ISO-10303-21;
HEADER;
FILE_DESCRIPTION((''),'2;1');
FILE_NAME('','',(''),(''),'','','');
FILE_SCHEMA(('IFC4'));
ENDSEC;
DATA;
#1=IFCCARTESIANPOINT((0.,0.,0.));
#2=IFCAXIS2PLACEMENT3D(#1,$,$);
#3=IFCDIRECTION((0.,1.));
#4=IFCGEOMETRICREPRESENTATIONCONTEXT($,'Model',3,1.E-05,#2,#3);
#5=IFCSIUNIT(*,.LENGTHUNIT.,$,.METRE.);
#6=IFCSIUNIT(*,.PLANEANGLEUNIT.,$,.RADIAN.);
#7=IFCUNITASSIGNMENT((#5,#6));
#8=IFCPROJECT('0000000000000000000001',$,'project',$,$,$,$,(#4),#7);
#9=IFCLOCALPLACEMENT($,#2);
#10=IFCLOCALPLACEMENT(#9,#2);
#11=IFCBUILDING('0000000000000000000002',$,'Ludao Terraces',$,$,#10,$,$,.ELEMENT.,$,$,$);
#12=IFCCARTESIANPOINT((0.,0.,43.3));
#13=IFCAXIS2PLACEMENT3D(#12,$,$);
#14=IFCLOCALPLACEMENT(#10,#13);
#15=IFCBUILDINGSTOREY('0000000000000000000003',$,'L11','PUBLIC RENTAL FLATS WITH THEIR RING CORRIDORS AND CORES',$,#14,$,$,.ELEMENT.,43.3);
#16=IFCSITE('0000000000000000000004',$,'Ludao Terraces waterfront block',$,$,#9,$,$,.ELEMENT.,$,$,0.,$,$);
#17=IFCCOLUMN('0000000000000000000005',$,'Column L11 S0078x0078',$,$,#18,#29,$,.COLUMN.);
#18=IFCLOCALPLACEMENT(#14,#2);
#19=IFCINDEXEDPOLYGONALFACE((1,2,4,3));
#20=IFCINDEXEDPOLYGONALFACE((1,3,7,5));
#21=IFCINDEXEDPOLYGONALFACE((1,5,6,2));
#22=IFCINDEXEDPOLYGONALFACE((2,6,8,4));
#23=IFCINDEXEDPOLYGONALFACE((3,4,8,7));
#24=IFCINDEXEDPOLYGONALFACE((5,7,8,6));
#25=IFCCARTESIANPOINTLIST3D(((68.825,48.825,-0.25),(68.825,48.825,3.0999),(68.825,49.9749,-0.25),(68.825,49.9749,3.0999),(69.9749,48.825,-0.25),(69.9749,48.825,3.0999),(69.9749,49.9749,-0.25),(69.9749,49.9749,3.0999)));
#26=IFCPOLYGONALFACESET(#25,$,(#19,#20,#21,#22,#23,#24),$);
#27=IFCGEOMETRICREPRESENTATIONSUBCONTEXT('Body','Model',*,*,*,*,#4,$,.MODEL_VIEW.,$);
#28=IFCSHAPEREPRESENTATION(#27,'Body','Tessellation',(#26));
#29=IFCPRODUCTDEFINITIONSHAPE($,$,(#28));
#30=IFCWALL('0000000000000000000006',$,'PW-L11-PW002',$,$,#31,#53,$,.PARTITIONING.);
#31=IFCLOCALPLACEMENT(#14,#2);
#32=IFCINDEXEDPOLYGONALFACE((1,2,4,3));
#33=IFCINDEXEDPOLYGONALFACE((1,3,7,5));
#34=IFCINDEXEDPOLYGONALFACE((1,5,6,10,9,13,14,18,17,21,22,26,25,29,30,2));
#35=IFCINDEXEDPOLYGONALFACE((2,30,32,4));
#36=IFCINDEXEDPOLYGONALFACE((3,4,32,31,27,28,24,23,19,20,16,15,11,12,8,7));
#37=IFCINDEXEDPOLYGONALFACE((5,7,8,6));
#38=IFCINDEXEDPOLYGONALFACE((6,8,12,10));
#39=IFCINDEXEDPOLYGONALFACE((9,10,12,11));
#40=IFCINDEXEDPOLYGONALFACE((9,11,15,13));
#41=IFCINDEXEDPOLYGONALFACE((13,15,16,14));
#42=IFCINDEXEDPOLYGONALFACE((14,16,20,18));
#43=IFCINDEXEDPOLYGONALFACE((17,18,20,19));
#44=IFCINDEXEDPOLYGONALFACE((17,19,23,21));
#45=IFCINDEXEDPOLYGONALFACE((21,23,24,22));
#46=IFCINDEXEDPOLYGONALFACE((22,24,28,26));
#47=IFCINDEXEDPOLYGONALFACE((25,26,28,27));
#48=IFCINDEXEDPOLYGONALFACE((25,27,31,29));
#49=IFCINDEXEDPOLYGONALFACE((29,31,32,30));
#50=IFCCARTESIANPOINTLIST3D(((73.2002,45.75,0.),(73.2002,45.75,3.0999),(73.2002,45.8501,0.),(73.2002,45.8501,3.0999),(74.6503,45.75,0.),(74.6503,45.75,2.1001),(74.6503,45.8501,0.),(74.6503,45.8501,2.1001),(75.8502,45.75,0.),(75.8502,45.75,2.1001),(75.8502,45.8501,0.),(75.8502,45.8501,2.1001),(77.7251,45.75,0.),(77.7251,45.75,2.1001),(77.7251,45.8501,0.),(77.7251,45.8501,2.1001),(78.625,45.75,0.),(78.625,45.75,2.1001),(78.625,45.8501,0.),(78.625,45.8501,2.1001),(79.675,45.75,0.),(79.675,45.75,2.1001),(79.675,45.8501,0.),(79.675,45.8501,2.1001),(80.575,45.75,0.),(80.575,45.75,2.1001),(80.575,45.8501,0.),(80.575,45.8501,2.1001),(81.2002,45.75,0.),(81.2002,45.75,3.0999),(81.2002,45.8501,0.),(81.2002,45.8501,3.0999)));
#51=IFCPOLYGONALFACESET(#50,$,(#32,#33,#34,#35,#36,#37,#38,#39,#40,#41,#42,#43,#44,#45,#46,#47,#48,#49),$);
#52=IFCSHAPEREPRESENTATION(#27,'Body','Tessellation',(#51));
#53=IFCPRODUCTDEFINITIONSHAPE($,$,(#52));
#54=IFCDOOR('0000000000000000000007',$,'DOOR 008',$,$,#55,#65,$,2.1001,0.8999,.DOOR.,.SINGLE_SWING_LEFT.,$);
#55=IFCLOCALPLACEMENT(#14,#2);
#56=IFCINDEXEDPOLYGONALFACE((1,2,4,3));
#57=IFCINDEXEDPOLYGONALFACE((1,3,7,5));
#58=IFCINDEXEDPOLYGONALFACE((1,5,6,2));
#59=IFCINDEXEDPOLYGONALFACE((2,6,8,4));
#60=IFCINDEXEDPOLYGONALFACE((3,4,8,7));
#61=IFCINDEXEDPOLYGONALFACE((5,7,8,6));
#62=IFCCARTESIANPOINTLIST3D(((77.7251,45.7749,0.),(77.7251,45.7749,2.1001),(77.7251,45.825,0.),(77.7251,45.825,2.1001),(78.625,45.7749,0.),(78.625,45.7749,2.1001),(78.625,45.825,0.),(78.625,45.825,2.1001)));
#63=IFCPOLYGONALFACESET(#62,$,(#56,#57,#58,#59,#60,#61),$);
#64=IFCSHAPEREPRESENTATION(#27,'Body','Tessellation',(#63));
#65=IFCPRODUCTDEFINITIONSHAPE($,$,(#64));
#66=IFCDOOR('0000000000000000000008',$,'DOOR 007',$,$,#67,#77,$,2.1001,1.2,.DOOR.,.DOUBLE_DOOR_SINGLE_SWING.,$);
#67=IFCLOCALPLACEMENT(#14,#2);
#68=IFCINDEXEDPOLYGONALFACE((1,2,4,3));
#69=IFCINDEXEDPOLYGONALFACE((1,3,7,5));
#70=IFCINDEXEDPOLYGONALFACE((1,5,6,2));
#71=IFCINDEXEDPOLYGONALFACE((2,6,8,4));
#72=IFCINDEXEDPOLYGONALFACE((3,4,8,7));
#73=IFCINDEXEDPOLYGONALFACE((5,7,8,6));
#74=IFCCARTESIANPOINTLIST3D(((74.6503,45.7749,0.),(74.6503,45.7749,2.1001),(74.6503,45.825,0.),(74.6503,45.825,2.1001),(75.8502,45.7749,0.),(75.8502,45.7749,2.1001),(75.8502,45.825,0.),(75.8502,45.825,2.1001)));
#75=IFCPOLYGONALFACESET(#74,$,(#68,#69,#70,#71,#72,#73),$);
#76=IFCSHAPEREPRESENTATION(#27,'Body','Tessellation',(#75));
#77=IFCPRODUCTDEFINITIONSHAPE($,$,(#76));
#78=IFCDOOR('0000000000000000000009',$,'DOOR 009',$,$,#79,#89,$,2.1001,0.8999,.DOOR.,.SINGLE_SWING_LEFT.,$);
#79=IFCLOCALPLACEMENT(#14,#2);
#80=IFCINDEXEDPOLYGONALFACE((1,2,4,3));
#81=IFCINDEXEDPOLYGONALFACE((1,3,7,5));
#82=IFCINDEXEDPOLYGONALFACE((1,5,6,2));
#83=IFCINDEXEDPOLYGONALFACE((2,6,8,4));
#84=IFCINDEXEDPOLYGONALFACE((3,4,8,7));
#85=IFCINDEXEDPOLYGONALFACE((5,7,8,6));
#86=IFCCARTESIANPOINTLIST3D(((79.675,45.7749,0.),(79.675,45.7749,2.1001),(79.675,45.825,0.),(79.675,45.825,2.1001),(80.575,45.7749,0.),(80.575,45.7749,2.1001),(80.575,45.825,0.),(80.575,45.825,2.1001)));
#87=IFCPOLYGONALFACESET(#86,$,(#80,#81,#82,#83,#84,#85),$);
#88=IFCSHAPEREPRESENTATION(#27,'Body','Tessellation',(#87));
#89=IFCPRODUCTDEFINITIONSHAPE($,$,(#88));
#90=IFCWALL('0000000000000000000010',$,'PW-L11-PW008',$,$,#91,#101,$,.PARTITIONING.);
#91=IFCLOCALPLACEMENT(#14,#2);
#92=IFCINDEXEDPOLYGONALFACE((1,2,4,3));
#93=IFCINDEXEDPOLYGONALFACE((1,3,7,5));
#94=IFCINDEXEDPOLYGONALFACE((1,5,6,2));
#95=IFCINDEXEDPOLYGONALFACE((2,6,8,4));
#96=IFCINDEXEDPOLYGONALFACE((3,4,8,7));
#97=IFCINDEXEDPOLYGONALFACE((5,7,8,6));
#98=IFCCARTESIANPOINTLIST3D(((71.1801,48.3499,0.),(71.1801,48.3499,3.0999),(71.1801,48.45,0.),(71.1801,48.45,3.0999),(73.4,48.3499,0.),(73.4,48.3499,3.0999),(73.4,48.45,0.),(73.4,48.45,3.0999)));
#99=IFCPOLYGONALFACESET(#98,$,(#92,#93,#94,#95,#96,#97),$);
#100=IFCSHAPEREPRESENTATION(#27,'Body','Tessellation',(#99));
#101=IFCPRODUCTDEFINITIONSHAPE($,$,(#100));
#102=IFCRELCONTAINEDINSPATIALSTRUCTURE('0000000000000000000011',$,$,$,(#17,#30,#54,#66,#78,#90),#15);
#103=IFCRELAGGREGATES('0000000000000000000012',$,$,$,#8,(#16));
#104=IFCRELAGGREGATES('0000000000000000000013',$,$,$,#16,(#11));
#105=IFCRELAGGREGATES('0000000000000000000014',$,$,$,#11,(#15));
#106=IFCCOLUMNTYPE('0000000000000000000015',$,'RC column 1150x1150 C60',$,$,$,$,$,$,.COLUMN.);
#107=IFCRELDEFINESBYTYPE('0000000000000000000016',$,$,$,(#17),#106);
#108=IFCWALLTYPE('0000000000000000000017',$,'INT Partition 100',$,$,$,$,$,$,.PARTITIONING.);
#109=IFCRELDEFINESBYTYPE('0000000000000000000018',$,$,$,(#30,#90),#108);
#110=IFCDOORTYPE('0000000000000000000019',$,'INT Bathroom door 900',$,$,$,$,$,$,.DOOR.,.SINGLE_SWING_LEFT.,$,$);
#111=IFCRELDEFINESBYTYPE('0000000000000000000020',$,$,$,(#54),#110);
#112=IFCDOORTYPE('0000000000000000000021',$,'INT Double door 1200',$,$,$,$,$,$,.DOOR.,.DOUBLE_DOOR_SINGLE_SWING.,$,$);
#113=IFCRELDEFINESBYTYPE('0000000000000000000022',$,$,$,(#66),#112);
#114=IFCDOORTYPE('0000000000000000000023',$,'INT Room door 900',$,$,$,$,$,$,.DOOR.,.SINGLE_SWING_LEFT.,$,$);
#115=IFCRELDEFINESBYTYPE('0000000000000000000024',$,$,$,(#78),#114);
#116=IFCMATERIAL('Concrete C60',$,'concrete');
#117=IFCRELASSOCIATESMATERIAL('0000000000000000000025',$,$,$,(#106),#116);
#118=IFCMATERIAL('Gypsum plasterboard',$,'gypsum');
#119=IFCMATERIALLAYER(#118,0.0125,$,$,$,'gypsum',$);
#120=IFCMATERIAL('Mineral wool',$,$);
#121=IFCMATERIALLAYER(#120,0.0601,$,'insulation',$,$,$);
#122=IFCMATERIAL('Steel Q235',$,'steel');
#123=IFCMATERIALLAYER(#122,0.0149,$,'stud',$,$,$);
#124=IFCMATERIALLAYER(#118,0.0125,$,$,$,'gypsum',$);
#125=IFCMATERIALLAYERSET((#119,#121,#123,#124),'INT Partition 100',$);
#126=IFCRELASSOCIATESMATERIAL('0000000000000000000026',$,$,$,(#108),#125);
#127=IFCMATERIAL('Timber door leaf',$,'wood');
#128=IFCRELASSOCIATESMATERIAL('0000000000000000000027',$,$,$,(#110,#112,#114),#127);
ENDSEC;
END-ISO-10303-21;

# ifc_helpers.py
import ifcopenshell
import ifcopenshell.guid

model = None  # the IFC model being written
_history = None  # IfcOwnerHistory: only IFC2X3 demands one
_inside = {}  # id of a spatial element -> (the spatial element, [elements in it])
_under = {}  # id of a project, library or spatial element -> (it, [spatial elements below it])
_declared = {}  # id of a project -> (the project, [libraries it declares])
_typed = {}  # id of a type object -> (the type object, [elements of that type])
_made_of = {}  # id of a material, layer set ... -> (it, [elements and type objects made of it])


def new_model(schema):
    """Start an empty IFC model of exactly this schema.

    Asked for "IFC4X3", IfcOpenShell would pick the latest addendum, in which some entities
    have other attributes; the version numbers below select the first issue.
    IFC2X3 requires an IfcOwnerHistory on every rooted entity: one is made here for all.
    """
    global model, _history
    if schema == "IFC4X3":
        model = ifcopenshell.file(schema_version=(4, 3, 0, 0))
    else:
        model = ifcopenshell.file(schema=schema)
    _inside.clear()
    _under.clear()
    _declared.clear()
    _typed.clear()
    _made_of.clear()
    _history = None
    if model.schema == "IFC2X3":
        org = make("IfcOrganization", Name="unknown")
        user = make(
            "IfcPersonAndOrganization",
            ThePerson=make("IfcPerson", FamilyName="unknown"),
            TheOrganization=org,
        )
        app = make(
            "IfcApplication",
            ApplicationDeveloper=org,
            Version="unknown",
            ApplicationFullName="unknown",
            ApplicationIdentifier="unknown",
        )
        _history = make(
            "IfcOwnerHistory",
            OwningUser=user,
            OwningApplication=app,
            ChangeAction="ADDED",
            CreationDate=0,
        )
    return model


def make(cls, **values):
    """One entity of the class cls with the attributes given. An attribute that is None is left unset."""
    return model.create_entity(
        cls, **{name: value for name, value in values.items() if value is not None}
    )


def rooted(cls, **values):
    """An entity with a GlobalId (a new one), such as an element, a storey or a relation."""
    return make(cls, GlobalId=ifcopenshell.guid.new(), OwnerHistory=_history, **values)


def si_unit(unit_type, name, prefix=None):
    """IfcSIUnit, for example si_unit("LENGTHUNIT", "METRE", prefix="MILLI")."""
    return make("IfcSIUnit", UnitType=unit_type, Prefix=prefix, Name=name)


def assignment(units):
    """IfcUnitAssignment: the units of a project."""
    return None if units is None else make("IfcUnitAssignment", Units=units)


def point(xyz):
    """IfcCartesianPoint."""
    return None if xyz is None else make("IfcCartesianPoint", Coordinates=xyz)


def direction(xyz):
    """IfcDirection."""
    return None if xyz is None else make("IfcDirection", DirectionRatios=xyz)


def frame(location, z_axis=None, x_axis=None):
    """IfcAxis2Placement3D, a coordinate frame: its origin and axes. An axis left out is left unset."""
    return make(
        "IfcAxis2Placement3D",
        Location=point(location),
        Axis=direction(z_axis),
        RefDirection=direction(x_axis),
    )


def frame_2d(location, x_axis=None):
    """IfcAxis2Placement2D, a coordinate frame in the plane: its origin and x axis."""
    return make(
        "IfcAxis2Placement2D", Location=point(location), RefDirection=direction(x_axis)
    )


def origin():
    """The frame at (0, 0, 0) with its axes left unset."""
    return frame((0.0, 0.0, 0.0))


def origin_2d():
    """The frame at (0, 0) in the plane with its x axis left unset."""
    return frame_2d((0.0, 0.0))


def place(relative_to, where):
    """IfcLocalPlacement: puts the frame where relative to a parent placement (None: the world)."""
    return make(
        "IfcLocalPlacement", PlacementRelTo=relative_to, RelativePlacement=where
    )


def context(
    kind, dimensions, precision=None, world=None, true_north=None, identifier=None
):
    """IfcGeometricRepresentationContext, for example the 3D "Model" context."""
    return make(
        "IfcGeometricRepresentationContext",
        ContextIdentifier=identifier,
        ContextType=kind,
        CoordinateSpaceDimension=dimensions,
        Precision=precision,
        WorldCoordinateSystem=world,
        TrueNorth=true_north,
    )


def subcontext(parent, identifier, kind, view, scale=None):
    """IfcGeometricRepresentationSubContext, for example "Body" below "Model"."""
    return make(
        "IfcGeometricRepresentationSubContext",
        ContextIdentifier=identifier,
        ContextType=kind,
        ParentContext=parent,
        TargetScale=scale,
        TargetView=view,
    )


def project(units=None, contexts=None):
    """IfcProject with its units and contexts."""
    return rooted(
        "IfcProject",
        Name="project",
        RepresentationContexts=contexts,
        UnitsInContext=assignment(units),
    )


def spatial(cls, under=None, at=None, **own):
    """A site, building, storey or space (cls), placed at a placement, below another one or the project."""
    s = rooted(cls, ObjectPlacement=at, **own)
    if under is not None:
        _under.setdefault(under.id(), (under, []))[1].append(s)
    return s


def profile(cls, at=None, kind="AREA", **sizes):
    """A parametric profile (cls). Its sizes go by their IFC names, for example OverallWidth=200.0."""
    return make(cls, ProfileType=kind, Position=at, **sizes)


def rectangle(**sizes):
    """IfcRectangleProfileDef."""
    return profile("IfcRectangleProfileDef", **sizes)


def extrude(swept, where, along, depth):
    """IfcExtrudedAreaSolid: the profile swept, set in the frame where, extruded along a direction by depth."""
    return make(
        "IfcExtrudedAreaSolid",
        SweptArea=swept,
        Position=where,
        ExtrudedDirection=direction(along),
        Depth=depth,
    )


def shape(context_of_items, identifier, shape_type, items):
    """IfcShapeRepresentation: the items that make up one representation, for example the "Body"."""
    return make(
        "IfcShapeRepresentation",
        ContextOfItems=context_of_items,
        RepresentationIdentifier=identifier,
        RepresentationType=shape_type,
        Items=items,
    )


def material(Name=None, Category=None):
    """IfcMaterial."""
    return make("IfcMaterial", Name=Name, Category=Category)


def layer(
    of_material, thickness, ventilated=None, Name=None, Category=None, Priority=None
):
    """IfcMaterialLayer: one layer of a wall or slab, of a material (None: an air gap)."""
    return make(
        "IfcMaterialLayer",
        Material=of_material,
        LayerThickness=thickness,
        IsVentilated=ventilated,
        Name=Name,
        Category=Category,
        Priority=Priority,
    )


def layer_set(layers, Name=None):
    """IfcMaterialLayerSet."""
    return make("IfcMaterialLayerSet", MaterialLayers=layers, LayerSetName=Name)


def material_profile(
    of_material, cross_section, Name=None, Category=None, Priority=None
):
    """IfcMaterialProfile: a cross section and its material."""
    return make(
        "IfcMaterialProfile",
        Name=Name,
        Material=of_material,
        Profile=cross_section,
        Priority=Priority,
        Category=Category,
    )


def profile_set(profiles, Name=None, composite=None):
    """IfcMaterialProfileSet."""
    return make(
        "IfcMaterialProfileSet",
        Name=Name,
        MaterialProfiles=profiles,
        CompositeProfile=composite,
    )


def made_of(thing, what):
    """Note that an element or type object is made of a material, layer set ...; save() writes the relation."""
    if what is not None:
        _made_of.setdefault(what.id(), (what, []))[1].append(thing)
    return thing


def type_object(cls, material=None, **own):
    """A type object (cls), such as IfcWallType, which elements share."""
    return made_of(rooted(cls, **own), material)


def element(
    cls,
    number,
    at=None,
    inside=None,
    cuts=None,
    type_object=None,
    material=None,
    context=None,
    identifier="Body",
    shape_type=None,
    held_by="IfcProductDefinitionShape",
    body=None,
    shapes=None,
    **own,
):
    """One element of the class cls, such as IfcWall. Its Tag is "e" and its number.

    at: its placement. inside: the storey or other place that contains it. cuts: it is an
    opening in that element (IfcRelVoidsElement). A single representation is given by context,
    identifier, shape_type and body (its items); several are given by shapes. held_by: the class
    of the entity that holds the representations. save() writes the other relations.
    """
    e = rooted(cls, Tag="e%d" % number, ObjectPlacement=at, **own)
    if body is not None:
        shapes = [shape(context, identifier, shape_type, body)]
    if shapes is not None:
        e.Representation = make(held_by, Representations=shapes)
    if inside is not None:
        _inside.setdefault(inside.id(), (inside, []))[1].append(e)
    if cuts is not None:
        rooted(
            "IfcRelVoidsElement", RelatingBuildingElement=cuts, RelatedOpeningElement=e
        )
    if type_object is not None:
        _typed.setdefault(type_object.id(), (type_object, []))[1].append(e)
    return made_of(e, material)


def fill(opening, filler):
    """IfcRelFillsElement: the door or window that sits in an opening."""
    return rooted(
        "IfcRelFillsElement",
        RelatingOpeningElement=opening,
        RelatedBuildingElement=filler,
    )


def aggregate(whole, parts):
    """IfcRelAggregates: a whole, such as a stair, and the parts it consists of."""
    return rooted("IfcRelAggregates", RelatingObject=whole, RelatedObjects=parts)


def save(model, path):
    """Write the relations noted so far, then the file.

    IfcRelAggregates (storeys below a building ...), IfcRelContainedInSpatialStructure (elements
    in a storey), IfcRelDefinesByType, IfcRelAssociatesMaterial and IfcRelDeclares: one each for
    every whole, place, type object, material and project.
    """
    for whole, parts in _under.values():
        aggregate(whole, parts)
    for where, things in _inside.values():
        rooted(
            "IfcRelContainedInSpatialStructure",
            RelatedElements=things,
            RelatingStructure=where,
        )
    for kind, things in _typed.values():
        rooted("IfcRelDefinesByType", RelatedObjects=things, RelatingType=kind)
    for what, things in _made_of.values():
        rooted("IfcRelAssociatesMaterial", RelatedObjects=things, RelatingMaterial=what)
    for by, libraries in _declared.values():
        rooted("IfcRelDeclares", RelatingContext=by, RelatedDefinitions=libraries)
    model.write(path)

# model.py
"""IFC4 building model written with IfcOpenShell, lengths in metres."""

from ifc_helpers import new_model, si_unit, direction, frame, frame_2d, origin, origin_2d, place, context, subcontext, project, spatial, rectangle, extrude, material, layer, layer_set, material_profile, profile_set, type_object, element, fill, save


model = new_model("IFC4")

# Units and contexts
model_context = context("Model", 3, precision=1e-05, world=origin(), true_north=direction((0.0, 1.0)))
body_context = subcontext(model_context, "Body", "Model", "MODEL_VIEW")
ifc_project = project(units=[si_unit("LENGTHUNIT", "METRE"), si_unit("PLANEANGLEUNIT", "RADIAN")], contexts=[model_context])

# Site, building, storey
site_placement = place(None, origin())
site = spatial("IfcSite", under=ifc_project, at=site_placement, Name="Ludao Terraces waterfront block", CompositionType="ELEMENT", RefElevation=0.0)
building_placement = place(site_placement, origin())
building = spatial("IfcBuilding", under=site, at=building_placement, Name="Ludao Terraces", CompositionType="ELEMENT")
storey_placement = place(building_placement, frame((0.0, 0.0, 43.3)))
storey = spatial("IfcBuildingStorey", under=building, at=storey_placement, Name="L11", Description="PUBLIC RENTAL FLATS WITH THEIR RING CORRIDORS AND CORES", CompositionType="ELEMENT", Elevation=43.3)

# Column
ifc_material_1 = material(Name="Concrete C60", Category="concrete")
ifc_material_profile = material_profile(ifc_material_1, rectangle(XDim=1.1499, YDim=1.1499, at=origin_2d()), Name="1150 X 1150")
ifc_profile_set = profile_set([ifc_material_profile], Name="Concrete C60")
column_type = type_object("IfcColumnType", Name="RC column 1150x1150 C60", PredefinedType="COLUMN", material=ifc_profile_set)
column_placement = place(storey_placement, frame((69.3999, 49.3999, -0.25), z_axis=(0.0, 0.0, 1.0), x_axis=(1.0, 0.0, 0.0)))
element("IfcColumn", 1, at=column_placement, inside=storey, type_object=column_type, Name="Column L11 S0078x0078", PredefinedType="COLUMN", context=body_context, shape_type="SweptSolid", body=[
    extrude(rectangle(XDim=1.1499, YDim=1.1499, at=origin_2d()), origin(), (0.0, 0.0, 1.0), 3.3499),
])

# Wall, openings, doors
ifc_material_2 = material(Name="Gypsum plasterboard", Category="gypsum")
ifc_layer_1 = layer(ifc_material_2, 0.0125, Category="gypsum")
ifc_material_3 = material(Name="Mineral wool")
ifc_layer_2 = layer(ifc_material_3, 0.0601, Name="insulation")
ifc_material_4 = material(Name="Steel Q235", Category="steel")
ifc_layer_3 = layer(ifc_material_4, 0.0149, Name="stud")
ifc_layer_4 = layer(ifc_material_2, 0.0125, Category="gypsum")
ifc_layer_set_1 = layer_set([ifc_layer_1, ifc_layer_2, ifc_layer_3, ifc_layer_4], Name="INT Partition 100")
wall_type_1 = type_object("IfcWallType", Name="INT Partition 100", PredefinedType="PARTITIONING", material=ifc_layer_set_1)
wall_1_placement = place(storey_placement, frame((73.2002, 45.8, 0.0), z_axis=(0.0, 0.0, 1.0), x_axis=(1.0, 0.0, 0.0)))
wall_1 = element("IfcWall", 2, at=wall_1_placement, inside=storey, type_object=wall_type_1, Name="PW-L11-PW002", PredefinedType="PARTITIONING", context=body_context, shape_type="SweptSolid", body=[
    extrude(rectangle(XDim=8.0, YDim=0.1001, at=frame_2d((4.0, 0.0))), origin(), (0.0, 0.0, 1.0), 3.0999),
])
opening_1_placement = place(wall_1_placement, frame((1.45, 0.0, 0.0)))
opening_1 = element("IfcOpeningElement", 3, at=opening_1_placement, cuts=wall_1, PredefinedType="OPENING", context=body_context, shape_type="SweptSolid", body=[
    extrude(rectangle(XDim=1.2, YDim=2.1001, at=frame_2d((0.6001, 1.05))), frame((0.0, 0.0601, 0.0), z_axis=(0.0, -1.0, 0.0), x_axis=(1.0, 0.0, 0.0)), (0.0, 0.0, 1.0), 0.1201),
])
opening_2_placement = place(wall_1_placement, frame((4.5249, 0.0, 0.0)))
opening_2 = element("IfcOpeningElement", 4, at=opening_2_placement, cuts=wall_1, PredefinedType="OPENING", context=body_context, shape_type="SweptSolid", body=[
    extrude(rectangle(XDim=0.8999, YDim=2.1001, at=frame_2d((0.45, 1.05))), frame((0.0, 0.0601, 0.0), z_axis=(0.0, -1.0, 0.0), x_axis=(1.0, 0.0, 0.0)), (0.0, 0.0, 1.0), 0.1201),
])
opening_3_placement = place(wall_1_placement, frame((6.4749, 0.0, 0.0)))
opening_3 = element("IfcOpeningElement", 5, at=opening_3_placement, cuts=wall_1, PredefinedType="OPENING", context=body_context, shape_type="SweptSolid", body=[
    extrude(rectangle(XDim=0.8999, YDim=2.1001, at=frame_2d((0.45, 1.05))), frame((0.0, 0.0601, 0.0), z_axis=(0.0, -1.0, 0.0), x_axis=(1.0, 0.0, 0.0)), (0.0, 0.0, 1.0), 0.1201),
])
ifc_material_5 = material(Name="Timber door leaf", Category="wood")
door_type_1 = type_object("IfcDoorType", Name="INT Bathroom door 900", OperationType="SINGLE_SWING_LEFT", PredefinedType="DOOR", material=ifc_material_5)
door_1_placement = place(opening_2_placement, origin())
door_1 = element("IfcDoor", 6, at=door_1_placement, inside=storey, type_object=door_type_1, Name="DOOR 008", OperationType="SINGLE_SWING_LEFT", OverallHeight=2.1001, OverallWidth=0.8999, PredefinedType="DOOR", context=body_context, shape_type="SweptSolid", body=[
    extrude(rectangle(XDim=0.8999, YDim=2.1001, at=frame_2d((0.45, 1.05))), frame((0.0, 0.0249, 0.0), z_axis=(0.0, -1.0, 0.0), x_axis=(1.0, 0.0, 0.0)), (0.0, 0.0, 1.0), 0.05),
])
fill(opening_2, door_1)
door_type_2 = type_object("IfcDoorType", Name="INT Double door 1200", OperationType="DOUBLE_DOOR_SINGLE_SWING", PredefinedType="DOOR", material=ifc_material_5)
door_2_placement = place(opening_1_placement, origin())
door_2 = element("IfcDoor", 7, at=door_2_placement, inside=storey, type_object=door_type_2, Name="DOOR 007", OperationType="DOUBLE_DOOR_SINGLE_SWING", OverallHeight=2.1001, OverallWidth=1.2, PredefinedType="DOOR", context=body_context, shape_type="SweptSolid", body=[
    extrude(rectangle(XDim=1.2, YDim=2.1001, at=frame_2d((0.6001, 1.05))), frame((0.0, 0.0249, 0.0), z_axis=(0.0, -1.0, 0.0), x_axis=(1.0, 0.0, 0.0)), (0.0, 0.0, 1.0), 0.05),
])
fill(opening_1, door_2)
door_type_3 = type_object("IfcDoorType", Name="INT Room door 900", OperationType="SINGLE_SWING_LEFT", PredefinedType="DOOR", material=ifc_material_5)
door_3_placement = place(opening_3_placement, origin())
door_3 = element("IfcDoor", 8, at=door_3_placement, inside=storey, type_object=door_type_3, Name="DOOR 009", OperationType="SINGLE_SWING_LEFT", OverallHeight=2.1001, OverallWidth=0.8999, PredefinedType="DOOR", context=body_context, shape_type="SweptSolid", body=[
    extrude(rectangle(XDim=0.8999, YDim=2.1001, at=frame_2d((0.45, 1.05))), frame((0.0, 0.0249, 0.0), z_axis=(0.0, -1.0, 0.0), x_axis=(1.0, 0.0, 0.0)), (0.0, 0.0, 1.0), 0.05),
])
fill(opening_3, door_3)

# Wall
wall_2_placement = place(storey_placement, frame((71.1802, 48.3999, 0.0), z_axis=(0.0, 0.0, 1.0), x_axis=(1.0, 0.0, 0.0)))
element("IfcWall", 9, at=wall_2_placement, inside=storey, type_object=wall_type_1, Name="PW-L11-PW008", PredefinedType="PARTITIONING", context=body_context, shape_type="SweptSolid", body=[
    extrude(rectangle(XDim=2.22, YDim=0.1001, at=frame_2d((1.1099, 0.0))), origin(), (0.0, 0.0, 1.0), 3.0999),
])

save(model, "model.ifc")
